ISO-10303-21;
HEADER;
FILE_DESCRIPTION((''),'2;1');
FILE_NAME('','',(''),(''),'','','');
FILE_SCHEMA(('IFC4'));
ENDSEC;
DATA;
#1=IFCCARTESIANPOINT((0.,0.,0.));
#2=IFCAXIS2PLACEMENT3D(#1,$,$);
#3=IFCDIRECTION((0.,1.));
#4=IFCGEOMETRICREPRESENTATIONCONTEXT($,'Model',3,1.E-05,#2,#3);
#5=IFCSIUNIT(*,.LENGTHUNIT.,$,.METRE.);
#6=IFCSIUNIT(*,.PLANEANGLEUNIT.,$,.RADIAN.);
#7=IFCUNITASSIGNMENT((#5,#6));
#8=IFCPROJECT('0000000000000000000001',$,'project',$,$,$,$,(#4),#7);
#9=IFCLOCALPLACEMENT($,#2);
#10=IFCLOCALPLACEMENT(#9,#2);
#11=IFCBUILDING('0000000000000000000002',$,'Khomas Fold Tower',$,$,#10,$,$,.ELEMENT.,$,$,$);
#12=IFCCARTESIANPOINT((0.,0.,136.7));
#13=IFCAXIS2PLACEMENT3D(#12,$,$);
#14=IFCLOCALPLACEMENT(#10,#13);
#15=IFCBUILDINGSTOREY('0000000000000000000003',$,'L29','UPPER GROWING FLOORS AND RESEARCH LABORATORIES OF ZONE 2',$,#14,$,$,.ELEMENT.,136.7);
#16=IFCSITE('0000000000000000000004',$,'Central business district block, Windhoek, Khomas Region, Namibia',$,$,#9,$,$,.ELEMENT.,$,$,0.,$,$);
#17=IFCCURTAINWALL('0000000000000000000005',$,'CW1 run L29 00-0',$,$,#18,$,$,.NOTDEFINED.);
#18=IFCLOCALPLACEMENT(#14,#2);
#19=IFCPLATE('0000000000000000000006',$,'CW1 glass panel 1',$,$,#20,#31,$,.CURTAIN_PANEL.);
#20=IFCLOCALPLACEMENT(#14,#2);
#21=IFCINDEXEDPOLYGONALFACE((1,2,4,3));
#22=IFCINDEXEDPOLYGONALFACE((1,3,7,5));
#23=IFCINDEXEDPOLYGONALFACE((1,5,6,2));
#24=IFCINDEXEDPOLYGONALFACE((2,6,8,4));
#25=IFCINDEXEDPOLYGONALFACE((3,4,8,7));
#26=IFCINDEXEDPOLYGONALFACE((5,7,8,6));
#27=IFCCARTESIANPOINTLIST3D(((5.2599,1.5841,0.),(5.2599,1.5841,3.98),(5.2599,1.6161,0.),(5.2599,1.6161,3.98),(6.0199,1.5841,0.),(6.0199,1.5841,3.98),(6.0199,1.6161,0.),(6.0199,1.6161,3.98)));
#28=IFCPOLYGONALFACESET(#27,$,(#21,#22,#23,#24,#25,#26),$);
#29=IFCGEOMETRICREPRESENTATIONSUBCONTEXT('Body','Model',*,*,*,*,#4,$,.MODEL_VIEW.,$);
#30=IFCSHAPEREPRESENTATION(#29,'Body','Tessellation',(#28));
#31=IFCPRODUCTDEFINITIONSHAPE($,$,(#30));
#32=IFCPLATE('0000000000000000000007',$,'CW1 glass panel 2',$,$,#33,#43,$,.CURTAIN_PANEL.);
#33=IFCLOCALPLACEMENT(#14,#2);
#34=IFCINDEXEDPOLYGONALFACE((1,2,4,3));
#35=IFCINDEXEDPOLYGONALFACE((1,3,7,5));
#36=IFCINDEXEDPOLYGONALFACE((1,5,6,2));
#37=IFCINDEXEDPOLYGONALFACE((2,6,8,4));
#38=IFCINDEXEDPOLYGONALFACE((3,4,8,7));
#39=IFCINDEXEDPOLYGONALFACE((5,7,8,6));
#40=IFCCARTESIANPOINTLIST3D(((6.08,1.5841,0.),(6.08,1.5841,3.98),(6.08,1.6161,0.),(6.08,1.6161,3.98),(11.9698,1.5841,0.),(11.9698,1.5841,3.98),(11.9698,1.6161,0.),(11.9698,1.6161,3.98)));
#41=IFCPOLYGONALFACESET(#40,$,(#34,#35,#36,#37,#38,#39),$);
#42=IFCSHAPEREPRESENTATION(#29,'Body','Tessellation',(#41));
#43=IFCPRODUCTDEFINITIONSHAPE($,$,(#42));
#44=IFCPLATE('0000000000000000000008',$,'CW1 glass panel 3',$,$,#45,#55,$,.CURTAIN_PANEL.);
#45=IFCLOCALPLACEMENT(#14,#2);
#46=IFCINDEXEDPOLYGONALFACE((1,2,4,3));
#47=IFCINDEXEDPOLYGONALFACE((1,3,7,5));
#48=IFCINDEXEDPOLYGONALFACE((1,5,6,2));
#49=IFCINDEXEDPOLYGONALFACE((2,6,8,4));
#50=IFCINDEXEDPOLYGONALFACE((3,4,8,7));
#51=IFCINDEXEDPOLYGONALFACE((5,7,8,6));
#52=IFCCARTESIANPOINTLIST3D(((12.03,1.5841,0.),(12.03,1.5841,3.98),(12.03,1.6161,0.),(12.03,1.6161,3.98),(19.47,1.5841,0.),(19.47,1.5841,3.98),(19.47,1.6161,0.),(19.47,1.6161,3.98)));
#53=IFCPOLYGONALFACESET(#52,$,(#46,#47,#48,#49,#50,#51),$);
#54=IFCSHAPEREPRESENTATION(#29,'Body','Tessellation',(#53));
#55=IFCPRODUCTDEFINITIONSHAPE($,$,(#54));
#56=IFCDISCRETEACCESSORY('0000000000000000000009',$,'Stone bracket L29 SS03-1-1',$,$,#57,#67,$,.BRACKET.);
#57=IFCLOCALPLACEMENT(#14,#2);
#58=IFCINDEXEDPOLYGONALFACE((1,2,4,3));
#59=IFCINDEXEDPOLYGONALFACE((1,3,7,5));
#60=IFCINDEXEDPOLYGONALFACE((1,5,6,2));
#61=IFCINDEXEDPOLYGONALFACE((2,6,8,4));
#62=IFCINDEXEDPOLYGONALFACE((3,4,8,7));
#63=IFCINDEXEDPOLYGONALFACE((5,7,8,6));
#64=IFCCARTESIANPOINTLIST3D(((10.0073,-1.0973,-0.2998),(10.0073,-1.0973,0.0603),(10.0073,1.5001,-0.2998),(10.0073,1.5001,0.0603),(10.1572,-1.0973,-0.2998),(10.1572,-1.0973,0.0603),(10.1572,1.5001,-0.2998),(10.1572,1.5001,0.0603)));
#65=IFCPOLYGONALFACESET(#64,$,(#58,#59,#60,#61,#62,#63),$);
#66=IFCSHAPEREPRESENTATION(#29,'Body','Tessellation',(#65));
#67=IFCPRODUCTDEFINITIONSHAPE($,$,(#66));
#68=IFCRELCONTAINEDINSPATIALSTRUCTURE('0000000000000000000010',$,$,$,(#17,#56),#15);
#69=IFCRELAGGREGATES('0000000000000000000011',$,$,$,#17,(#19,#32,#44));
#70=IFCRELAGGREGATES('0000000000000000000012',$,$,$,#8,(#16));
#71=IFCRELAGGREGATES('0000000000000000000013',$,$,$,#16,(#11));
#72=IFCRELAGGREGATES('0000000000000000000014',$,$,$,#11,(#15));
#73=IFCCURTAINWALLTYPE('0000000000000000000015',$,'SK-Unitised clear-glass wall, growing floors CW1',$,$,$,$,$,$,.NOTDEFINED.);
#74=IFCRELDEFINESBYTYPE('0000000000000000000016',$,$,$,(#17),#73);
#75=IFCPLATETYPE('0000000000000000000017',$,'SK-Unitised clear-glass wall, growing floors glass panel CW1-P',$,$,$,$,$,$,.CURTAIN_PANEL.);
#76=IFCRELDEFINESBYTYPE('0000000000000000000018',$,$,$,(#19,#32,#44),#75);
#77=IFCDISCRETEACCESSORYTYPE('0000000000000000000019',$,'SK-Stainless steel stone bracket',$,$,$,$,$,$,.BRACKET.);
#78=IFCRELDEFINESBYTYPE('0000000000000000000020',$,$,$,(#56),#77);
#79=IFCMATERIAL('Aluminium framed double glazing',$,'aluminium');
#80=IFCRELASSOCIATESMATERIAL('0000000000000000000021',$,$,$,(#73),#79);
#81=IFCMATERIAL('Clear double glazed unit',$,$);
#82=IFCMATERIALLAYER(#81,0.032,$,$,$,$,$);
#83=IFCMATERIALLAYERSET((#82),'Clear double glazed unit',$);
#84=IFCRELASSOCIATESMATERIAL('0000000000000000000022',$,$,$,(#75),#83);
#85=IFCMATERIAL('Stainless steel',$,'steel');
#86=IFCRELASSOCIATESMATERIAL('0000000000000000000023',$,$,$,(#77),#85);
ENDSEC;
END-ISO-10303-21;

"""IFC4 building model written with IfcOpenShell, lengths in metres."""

from ifc_helpers import new_model, si_unit, direction, frame, origin, origin_2d, place, context, subcontext, project, spatial, rectangle, extrude, source, transform, mapped, material, layer, layer_set, type_object, element, aggregate, save


model = new_model("IFC4")

# Units and contexts
model_context = context("Model", 3, precision=1e-05, world=origin(), true_north=direction((0.0, 1.0)))
body_context = subcontext(model_context, "Body", "Model", "MODEL_VIEW")
ifc_project = project(units=[si_unit("LENGTHUNIT", "METRE"), si_unit("PLANEANGLEUNIT", "RADIAN")], contexts=[model_context])

# Site, building, storey
site_placement = place(None, origin())
site = spatial("IfcSite", under=ifc_project, at=site_placement, Name="Central business district block, Windhoek, Khomas Region, Namibia", CompositionType="ELEMENT", RefElevation=0.0)
building_placement = place(site_placement, origin())
building = spatial("IfcBuilding", under=site, at=building_placement, Name="Khomas Fold Tower", CompositionType="ELEMENT")
storey_placement = place(building_placement, frame((0.0, 0.0, 136.7)))
storey = spatial("IfcBuildingStorey", under=building, at=storey_placement, Name="L29", Description="UPPER GROWING FLOORS AND RESEARCH LABORATORIES OF ZONE 2", CompositionType="ELEMENT", Elevation=136.7)

# Curtain wall
ifc_material_1 = material(Name="Aluminium framed double glazing", Category="aluminium")
curtain_wall_type = type_object("IfcCurtainWallType", Name="SK-Unitised clear-glass wall, growing floors CW1", PredefinedType="NOTDEFINED", material=ifc_material_1)
curtain_wall_1_placement = place(storey_placement, origin())
curtain_wall_1 = element("IfcCurtainWall", 1, at=curtain_wall_1_placement, inside=storey, type_object=curtain_wall_type, Name="CW1 run L29 00-0", PredefinedType="NOTDEFINED")

# Plates
ifc_material_2 = material(Name="Clear double glazed unit")
ifc_layer_1 = layer(ifc_material_2, 0.032)
ifc_layer_set_1 = layer_set([ifc_layer_1], Name="Clear double glazed unit")
plate_type = type_object("IfcPlateType", Name="SK-Unitised clear-glass wall, growing floors glass panel CW1-P", PredefinedType="CURTAIN_PANEL", material=ifc_layer_set_1)
shared_shape_1 = source(origin(), body_context, "Body", "SweptSolid", [
    extrude(rectangle(XDim=0.76, YDim=0.032, at=origin_2d()), origin(), (0.0, 0.0, 1.0), 3.98),
])
plate_1_placement = place(storey_placement, frame((5.6399, 1.6001, 0.0), z_axis=(0.0, 0.0, 1.0), x_axis=(1.0, 0.0, 0.0)))
plate_1 = element("IfcPlate", 2, at=plate_1_placement, type_object=plate_type, Name="CW1 glass panel 1", PredefinedType="CURTAIN_PANEL", context=body_context, shape_type="MappedRepresentation", body=[
    mapped(shared_shape_1, transform((0.0, 0.0, 0.0))),
])
shared_shape_2 = source(origin(), body_context, "Body", "SweptSolid", [
    extrude(rectangle(XDim=5.8899, YDim=0.032, at=origin_2d()), origin(), (0.0, 0.0, 1.0), 3.98),
])
plate_2_placement = place(storey_placement, frame((9.0249, 1.6001, 0.0), z_axis=(0.0, 0.0, 1.0), x_axis=(1.0, 0.0, 0.0)))
plate_2 = element("IfcPlate", 3, at=plate_2_placement, type_object=plate_type, Name="CW1 glass panel 2", PredefinedType="CURTAIN_PANEL", context=body_context, shape_type="MappedRepresentation", body=[
    mapped(shared_shape_2, transform((0.0, 0.0, 0.0))),
])
shared_shape_3 = source(origin(), body_context, "Body", "SweptSolid", [
    extrude(rectangle(XDim=7.4399, YDim=0.032, at=origin_2d()), origin(), (0.0, 0.0, 1.0), 3.98),
])
plate_3_placement = place(storey_placement, frame((15.75, 1.6001, 0.0), z_axis=(0.0, 0.0, 1.0), x_axis=(1.0, 0.0, 0.0)))
plate_3 = element("IfcPlate", 4, at=plate_3_placement, type_object=plate_type, Name="CW1 glass panel 3", PredefinedType="CURTAIN_PANEL", context=body_context, shape_type="MappedRepresentation", body=[
    mapped(shared_shape_3, transform((0.0, 0.0, 0.0))),
])
aggregate(curtain_wall_1, [plate_1, plate_2, plate_3])

# Discrete accessory
ifc_material_3 = material(Name="Stainless steel", Category="steel")
discrete_accessory_type = type_object("IfcDiscreteAccessoryType", Name="SK-Stainless steel stone bracket", PredefinedType="BRACKET", material=ifc_material_3)
shared_shape_4 = source(origin(), body_context, "Body", "SweptSolid", [
    extrude(rectangle(XDim=2.5974, YDim=0.1499, at=origin_2d()), origin(), (0.0, 0.0, 1.0), 0.3601),
])
discrete_accessory_placement = place(storey_placement, frame((10.0823, 0.2014, -0.2998), z_axis=(0.0, 0.0, 1.0), x_axis=(0.0, -1.0, 0.0)))
element("IfcDiscreteAccessory", 5, at=discrete_accessory_placement, inside=storey, type_object=discrete_accessory_type, Name="Stone bracket L29 SS03-1-1", PredefinedType="BRACKET", context=body_context, shape_type="MappedRepresentation", body=[
    mapped(shared_shape_4, transform((0.0, 0.0, 0.0))),
])

save(model, "model.ifc")
